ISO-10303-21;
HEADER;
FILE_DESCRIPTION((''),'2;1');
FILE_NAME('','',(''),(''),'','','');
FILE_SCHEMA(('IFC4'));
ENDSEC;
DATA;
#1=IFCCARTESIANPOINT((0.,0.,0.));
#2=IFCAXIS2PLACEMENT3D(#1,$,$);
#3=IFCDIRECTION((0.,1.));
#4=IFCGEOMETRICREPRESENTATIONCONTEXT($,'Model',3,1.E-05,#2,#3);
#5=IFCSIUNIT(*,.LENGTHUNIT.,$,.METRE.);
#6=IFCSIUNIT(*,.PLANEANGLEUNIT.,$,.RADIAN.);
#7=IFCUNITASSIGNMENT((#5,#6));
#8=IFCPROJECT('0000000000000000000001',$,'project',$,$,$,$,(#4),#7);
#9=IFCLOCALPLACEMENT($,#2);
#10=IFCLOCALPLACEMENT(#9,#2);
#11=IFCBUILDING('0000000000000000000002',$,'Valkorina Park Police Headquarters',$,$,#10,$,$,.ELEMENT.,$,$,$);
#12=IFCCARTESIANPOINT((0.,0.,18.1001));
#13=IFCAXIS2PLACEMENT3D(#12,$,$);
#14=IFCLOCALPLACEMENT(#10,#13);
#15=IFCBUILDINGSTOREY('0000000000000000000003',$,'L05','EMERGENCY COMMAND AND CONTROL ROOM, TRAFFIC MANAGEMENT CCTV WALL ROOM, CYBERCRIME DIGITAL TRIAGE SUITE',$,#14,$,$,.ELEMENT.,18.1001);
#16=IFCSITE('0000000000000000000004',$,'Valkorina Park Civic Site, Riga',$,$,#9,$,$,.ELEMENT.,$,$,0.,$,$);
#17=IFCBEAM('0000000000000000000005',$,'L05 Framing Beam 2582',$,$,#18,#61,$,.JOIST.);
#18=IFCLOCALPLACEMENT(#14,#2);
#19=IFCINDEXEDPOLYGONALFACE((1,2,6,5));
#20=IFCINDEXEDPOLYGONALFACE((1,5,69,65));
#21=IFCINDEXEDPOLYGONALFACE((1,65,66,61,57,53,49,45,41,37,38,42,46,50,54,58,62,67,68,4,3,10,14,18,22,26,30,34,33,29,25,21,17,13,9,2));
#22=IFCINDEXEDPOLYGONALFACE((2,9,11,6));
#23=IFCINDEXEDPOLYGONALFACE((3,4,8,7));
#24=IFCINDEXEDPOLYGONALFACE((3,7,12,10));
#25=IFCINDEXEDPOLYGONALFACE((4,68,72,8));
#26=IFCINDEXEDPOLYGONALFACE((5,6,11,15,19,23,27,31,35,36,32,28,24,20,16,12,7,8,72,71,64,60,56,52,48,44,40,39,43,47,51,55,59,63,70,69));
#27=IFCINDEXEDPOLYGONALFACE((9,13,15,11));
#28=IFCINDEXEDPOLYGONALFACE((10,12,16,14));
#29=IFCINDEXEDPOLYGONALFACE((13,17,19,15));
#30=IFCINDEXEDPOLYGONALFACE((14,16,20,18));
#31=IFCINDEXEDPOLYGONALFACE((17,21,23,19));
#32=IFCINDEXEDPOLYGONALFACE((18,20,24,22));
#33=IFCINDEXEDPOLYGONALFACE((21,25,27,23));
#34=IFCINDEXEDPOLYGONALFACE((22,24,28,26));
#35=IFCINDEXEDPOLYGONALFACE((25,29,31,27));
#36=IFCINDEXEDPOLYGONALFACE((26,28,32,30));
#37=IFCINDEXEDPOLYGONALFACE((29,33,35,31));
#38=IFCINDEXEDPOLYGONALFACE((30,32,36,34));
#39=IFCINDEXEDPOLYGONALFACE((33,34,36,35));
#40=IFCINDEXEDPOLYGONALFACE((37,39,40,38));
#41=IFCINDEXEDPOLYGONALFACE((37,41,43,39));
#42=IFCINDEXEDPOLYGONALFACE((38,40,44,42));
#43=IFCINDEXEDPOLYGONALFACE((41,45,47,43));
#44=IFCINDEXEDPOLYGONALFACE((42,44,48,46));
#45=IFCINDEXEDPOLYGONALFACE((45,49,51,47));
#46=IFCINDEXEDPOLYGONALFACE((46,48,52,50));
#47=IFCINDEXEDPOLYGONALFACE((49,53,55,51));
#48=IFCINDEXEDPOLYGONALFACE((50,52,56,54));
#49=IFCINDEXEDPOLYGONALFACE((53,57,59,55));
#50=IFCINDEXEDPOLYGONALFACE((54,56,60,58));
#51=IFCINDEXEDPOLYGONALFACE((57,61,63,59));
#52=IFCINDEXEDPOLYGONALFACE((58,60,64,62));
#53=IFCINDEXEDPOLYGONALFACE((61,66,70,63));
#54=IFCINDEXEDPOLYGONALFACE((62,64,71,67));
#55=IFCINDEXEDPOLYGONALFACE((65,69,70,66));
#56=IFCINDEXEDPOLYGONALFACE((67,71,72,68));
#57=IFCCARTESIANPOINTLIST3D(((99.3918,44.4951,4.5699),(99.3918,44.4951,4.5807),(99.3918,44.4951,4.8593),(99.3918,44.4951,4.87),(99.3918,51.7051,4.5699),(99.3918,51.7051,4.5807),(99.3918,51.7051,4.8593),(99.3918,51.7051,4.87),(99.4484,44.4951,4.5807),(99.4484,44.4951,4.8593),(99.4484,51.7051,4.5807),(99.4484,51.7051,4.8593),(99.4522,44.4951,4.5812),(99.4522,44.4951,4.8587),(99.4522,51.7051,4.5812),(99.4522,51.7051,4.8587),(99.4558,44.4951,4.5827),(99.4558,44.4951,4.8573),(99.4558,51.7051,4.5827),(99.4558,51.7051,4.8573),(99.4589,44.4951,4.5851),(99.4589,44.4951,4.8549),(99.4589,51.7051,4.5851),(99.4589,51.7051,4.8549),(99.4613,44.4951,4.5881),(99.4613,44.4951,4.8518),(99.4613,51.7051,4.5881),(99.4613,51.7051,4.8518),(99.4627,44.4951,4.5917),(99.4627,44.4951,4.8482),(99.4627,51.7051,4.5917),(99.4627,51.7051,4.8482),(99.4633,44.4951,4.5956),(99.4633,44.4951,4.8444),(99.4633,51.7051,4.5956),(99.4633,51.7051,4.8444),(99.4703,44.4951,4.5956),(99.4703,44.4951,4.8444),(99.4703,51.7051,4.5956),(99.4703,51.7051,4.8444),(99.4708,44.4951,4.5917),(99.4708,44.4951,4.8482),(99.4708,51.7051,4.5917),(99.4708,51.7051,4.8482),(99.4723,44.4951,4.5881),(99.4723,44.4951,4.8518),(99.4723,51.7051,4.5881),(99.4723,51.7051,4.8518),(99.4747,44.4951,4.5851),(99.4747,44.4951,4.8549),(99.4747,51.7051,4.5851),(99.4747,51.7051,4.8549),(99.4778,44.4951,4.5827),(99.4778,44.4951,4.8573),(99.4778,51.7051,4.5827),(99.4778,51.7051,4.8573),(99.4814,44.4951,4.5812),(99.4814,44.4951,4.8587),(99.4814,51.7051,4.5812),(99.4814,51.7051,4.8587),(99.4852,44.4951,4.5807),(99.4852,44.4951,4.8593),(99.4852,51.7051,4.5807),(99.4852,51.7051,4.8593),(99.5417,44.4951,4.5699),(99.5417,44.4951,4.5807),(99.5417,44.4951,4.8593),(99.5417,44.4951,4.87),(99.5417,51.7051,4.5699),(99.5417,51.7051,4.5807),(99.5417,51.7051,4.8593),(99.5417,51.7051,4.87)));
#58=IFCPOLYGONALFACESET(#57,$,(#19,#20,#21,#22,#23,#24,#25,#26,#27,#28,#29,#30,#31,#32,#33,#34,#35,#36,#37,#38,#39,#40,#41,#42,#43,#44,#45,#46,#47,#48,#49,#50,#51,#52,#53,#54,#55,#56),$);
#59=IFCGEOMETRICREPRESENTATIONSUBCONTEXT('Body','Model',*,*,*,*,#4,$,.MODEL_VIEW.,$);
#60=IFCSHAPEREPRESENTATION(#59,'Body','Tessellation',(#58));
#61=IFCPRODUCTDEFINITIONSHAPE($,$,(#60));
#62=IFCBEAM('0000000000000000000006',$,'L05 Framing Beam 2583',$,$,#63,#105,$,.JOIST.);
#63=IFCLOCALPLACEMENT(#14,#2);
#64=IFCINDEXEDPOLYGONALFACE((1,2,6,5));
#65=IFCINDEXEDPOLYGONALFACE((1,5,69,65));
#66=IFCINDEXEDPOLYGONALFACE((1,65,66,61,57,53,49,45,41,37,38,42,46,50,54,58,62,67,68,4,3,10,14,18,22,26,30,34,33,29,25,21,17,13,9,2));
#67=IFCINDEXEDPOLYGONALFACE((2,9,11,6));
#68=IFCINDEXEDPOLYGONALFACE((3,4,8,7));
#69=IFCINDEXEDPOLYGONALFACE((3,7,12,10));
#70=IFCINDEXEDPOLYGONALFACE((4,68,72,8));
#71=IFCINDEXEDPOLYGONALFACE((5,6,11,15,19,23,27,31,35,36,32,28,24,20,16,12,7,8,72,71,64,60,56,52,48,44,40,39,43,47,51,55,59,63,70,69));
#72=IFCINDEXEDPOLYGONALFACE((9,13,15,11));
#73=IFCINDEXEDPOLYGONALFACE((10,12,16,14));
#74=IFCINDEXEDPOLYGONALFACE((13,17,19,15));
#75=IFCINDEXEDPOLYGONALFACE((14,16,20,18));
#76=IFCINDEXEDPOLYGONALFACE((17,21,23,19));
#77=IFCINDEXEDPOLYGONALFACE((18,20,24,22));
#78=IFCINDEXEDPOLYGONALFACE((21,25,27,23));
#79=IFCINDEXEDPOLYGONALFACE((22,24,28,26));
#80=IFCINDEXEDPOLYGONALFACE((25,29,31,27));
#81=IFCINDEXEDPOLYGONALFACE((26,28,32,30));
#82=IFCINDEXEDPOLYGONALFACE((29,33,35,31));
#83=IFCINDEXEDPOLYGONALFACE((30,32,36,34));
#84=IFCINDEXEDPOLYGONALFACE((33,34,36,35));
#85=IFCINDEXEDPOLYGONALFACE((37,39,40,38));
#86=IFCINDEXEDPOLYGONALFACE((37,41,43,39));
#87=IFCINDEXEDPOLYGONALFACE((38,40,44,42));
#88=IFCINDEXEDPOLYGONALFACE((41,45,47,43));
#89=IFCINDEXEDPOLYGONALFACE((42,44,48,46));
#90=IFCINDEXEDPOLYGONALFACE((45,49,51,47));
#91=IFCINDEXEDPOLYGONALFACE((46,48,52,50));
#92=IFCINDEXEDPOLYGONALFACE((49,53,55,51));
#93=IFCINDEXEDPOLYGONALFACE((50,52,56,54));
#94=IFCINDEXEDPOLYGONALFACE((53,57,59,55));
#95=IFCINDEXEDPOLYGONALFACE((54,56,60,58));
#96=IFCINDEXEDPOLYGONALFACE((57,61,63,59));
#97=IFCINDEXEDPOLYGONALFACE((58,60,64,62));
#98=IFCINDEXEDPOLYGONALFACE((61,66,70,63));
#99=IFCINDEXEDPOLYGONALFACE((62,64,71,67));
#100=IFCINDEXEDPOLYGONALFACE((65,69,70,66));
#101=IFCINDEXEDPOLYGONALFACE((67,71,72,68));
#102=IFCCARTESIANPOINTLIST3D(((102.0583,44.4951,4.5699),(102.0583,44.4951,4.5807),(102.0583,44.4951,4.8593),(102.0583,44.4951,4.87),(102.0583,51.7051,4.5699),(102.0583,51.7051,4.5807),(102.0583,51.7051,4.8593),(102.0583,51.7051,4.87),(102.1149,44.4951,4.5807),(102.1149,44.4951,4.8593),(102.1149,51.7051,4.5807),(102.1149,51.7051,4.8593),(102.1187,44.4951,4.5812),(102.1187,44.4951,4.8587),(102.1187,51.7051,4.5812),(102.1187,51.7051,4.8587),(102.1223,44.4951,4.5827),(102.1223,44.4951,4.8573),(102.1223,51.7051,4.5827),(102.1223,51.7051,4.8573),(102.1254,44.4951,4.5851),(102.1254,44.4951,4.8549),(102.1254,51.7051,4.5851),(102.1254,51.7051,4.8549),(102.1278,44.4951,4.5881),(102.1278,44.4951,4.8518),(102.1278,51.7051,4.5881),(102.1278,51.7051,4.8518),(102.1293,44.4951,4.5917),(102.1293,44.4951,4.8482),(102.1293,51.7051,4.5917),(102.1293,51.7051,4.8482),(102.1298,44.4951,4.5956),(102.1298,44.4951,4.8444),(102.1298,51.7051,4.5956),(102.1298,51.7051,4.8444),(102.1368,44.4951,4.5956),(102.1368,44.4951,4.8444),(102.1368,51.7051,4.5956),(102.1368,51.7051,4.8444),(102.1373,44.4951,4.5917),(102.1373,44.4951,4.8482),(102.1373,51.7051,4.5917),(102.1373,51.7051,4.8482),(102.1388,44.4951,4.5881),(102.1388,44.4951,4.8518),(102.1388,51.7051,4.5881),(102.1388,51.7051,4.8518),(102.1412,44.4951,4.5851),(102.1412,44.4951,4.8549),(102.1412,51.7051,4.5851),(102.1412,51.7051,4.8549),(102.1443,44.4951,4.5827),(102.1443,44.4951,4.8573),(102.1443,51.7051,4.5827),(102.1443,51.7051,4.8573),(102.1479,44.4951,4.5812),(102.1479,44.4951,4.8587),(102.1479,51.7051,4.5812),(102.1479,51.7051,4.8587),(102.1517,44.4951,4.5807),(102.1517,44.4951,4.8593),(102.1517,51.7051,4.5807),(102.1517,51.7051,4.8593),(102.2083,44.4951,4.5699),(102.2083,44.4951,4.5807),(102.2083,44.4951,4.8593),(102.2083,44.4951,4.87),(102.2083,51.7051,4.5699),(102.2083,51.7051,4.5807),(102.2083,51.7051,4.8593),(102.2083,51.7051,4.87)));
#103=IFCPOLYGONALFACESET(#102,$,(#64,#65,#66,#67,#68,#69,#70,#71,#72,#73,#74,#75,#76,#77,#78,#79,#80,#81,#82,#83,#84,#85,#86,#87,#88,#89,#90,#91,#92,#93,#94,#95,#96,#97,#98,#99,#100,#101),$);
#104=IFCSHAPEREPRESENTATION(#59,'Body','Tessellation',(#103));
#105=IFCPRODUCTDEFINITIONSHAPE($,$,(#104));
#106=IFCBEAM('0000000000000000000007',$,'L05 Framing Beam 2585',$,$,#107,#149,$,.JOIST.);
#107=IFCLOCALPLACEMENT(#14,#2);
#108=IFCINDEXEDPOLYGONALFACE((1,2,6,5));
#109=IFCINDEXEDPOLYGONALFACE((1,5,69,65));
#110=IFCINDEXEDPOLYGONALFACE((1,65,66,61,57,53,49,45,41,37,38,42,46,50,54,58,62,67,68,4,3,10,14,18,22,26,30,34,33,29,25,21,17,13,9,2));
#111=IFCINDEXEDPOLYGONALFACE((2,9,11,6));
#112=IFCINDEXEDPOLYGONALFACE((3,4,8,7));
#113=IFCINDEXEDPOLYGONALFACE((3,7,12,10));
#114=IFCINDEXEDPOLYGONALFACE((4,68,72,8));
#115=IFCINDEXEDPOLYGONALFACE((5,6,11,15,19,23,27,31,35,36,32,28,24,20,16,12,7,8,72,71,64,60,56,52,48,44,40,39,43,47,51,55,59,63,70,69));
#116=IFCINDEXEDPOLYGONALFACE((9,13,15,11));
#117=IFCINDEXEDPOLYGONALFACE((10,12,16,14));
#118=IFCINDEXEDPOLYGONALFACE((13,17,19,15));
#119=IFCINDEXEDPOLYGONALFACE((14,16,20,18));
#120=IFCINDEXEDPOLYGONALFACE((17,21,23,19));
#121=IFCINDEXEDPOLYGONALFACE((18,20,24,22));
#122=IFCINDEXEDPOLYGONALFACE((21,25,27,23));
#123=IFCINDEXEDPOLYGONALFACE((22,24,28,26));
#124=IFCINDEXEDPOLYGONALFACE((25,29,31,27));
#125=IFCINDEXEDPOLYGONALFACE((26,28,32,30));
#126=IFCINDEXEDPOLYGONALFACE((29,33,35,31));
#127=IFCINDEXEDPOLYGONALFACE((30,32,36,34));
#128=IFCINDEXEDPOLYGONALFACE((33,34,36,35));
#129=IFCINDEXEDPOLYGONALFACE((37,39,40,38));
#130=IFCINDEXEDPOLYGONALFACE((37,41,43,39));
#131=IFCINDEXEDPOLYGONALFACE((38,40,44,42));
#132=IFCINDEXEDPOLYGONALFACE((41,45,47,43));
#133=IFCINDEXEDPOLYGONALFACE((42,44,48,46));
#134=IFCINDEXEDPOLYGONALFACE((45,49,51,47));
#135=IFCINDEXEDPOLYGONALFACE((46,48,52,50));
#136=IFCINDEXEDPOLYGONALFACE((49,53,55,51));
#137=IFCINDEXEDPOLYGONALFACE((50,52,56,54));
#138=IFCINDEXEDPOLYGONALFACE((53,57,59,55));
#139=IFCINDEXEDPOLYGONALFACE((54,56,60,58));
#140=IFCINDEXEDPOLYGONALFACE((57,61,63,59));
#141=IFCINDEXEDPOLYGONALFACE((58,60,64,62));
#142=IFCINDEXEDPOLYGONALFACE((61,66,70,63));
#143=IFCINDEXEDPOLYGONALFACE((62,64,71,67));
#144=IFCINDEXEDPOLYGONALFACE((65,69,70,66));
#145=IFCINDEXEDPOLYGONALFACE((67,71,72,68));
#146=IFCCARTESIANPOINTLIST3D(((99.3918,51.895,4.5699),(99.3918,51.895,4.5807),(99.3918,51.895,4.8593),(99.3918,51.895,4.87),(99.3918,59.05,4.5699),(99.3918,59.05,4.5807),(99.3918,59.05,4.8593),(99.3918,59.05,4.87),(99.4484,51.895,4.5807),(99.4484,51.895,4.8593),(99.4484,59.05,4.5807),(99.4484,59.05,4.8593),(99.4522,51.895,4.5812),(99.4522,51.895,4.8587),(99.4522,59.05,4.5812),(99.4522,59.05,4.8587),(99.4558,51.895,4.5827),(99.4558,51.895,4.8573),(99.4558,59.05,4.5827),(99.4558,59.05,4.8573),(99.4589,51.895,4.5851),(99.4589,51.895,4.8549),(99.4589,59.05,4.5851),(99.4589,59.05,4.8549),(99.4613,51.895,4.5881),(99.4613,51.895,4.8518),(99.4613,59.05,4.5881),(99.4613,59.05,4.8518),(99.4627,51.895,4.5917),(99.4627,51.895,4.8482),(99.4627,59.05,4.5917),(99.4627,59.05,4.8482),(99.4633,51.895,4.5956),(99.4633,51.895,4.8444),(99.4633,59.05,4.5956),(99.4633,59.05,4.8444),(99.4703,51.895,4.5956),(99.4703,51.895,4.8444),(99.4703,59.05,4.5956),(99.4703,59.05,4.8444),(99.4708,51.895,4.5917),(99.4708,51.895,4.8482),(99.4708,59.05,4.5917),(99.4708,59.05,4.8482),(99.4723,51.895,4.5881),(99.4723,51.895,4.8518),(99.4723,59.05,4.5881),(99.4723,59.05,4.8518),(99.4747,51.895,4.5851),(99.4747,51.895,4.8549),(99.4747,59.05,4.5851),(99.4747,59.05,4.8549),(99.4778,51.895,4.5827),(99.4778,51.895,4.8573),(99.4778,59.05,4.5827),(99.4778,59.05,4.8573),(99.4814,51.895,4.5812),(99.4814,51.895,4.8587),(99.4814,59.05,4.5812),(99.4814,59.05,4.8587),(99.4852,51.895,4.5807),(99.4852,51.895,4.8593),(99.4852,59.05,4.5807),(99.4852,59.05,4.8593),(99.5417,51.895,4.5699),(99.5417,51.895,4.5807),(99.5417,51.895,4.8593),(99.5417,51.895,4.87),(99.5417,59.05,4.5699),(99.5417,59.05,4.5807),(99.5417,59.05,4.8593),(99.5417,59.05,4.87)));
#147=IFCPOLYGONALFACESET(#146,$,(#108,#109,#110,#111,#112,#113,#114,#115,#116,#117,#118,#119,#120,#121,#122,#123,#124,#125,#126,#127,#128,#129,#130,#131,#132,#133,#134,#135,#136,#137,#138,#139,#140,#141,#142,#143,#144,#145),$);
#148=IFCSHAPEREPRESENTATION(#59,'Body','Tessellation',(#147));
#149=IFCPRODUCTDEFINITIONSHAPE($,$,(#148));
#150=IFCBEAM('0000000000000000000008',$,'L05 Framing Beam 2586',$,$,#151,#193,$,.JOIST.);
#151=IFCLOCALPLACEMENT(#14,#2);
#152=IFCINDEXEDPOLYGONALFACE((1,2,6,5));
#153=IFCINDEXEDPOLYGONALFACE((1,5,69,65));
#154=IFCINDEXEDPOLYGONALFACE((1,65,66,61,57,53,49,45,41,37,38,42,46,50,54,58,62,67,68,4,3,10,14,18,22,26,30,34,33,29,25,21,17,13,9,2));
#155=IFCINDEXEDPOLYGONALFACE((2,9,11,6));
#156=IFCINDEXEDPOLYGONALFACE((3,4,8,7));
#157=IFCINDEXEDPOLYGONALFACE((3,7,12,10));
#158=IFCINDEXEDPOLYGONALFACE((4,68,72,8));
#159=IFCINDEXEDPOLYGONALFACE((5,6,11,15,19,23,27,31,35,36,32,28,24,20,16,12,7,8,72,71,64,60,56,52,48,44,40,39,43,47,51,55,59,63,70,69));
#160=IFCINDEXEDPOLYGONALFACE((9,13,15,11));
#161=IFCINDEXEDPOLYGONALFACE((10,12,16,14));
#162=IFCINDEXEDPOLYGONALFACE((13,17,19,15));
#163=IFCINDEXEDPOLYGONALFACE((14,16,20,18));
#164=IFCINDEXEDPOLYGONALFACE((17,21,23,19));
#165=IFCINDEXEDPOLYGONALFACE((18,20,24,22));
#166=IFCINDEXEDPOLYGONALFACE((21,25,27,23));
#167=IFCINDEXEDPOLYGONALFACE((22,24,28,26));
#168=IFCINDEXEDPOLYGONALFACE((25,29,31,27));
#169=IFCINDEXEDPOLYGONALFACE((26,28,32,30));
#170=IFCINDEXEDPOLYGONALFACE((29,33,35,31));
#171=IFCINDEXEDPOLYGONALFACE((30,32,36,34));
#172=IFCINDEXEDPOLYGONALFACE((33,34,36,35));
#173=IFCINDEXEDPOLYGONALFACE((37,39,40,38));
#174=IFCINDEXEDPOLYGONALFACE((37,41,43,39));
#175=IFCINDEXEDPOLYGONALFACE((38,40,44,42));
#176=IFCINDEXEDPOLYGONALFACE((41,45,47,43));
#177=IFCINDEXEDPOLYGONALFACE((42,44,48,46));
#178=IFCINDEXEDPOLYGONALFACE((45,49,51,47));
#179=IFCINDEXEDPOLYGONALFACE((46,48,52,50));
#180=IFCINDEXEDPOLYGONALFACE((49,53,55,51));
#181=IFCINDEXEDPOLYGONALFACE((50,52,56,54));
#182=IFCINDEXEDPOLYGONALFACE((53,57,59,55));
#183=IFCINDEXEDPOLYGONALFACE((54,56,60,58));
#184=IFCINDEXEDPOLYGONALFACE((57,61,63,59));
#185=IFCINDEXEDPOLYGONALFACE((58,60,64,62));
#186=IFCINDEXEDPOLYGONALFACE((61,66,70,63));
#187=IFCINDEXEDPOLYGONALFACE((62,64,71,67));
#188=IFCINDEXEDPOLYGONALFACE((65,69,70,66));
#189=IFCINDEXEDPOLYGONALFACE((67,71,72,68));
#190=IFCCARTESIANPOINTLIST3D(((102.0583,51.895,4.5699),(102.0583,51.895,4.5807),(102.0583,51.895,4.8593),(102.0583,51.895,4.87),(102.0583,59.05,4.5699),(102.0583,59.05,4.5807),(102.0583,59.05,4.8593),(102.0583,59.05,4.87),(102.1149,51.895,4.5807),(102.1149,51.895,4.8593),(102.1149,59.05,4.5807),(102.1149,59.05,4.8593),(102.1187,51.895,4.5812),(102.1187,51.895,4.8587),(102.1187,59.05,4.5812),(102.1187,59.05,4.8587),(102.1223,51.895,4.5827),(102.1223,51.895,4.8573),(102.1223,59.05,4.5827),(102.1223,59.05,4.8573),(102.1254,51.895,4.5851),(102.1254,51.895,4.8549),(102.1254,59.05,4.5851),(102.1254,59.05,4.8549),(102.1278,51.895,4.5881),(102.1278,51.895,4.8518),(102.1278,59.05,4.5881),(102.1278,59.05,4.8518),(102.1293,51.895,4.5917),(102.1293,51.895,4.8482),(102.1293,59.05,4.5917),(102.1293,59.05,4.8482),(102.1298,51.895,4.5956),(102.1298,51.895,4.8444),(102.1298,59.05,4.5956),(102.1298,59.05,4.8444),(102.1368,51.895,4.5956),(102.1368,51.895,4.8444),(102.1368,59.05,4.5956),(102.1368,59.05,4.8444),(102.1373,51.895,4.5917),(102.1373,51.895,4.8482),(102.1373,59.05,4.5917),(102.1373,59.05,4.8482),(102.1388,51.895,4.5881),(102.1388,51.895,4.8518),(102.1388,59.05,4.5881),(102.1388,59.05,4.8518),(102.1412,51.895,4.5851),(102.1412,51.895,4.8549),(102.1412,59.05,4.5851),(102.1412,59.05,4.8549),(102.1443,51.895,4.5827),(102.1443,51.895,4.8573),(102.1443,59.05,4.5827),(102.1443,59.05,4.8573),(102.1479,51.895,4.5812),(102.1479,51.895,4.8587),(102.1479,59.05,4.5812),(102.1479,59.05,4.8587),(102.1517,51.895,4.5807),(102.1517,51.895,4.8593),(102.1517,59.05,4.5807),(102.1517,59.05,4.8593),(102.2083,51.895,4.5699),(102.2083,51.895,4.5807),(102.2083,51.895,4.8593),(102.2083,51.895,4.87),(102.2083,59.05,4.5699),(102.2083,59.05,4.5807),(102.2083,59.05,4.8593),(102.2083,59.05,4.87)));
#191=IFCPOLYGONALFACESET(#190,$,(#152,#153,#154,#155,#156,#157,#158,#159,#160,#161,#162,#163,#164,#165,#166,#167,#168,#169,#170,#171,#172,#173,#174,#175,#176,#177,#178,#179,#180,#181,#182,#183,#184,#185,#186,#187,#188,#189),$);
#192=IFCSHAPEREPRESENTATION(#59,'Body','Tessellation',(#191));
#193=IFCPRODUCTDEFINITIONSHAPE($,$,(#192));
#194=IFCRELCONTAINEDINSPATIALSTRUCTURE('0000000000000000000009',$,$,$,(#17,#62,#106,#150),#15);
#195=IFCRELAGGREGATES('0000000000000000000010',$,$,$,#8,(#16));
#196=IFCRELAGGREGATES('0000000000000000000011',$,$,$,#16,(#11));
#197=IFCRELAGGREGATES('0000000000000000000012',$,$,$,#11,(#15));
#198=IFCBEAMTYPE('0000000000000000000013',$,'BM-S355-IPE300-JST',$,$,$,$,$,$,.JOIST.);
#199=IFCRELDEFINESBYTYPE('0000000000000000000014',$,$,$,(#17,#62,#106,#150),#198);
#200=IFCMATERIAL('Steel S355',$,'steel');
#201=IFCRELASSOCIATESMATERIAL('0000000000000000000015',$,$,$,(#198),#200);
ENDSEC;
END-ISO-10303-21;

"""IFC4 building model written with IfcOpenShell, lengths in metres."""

from ifc_helpers import new_model, si_unit, direction, frame, origin, origin_2d, place, context, subcontext, project, spatial, i_section, extrude, material, material_profile, profile_set, type_object, element, save


model = new_model("IFC4")

# Units and contexts
model_context = context("Model", 3, precision=1e-05, world=origin(), true_north=direction((0.0, 1.0)))
body_context = subcontext(model_context, "Body", "Model", "MODEL_VIEW")
ifc_project = project(units=[si_unit("LENGTHUNIT", "METRE"), si_unit("PLANEANGLEUNIT", "RADIAN")], contexts=[model_context])

# Site, building, storey
site_placement = place(None, origin())
site = spatial("IfcSite", under=ifc_project, at=site_placement, Name="Valkorina Park Civic Site, Riga", CompositionType="ELEMENT", RefElevation=0.0)
building_placement = place(site_placement, origin())
building = spatial("IfcBuilding", under=site, at=building_placement, Name="Valkorina Park Police Headquarters", CompositionType="ELEMENT")
storey_placement = place(building_placement, frame((0.0, 0.0, 18.1001)))
storey = spatial("IfcBuildingStorey", under=building, at=storey_placement, Name="L05", Description="EMERGENCY COMMAND AND CONTROL ROOM, TRAFFIC MANAGEMENT CCTV WALL ROOM, CYBERCRIME DIGITAL TRIAGE SUITE", CompositionType="ELEMENT", Elevation=18.1001)

# Shared definitions
ifc_material_1 = material(Name="Steel S355", Category="steel")

# Beams
ifc_material_profile_1 = material_profile(ifc_material_1, i_section(OverallWidth=0.1499, OverallDepth=0.3, WebThickness=0.0071, FlangeThickness=0.0107, FilletRadius=0.0149, at=origin_2d()), Name="IPE 300")
ifc_profile_set_1 = profile_set([ifc_material_profile_1], Name="Steel S355")
beam_type_1 = type_object("IfcBeamType", Name="BM-S355-IPE300-JST", PredefinedType="JOIST", material=ifc_profile_set_1)
for number, where, z_axis, x_axis, name in (
    (1, (99.4668, 44.4951, 4.72), (0.0, 1.0, 0.0), (-1.0, 0.0, 0.0), "L05 Framing Beam 2582"),
    (2, (102.1333, 44.4951, 4.72), (0.0, 1.0, 0.0), (-1.0, 0.0, 0.0), "L05 Framing Beam 2583"),
):
    element("IfcBeam", number, at=place(storey_placement, frame(where, z_axis=z_axis, x_axis=x_axis)), inside=storey, type_object=beam_type_1, Name=name, PredefinedType="JOIST", context=body_context, shape_type="SweptSolid", body=[
        extrude(i_section(OverallWidth=0.1499, OverallDepth=0.3, WebThickness=0.0071, FlangeThickness=0.0107, FilletRadius=0.0149, at=origin_2d()), origin(), (0.0, 0.0, 1.0), 7.21),
    ])
for number, where, z_axis, x_axis, name in (
    (3, (99.4668, 51.895, 4.72), (0.0, 1.0, 0.0), (-1.0, 0.0, 0.0), "L05 Framing Beam 2585"),
    (4, (102.1333, 51.895, 4.72), (0.0, 1.0, 0.0), (-1.0, 0.0, 0.0), "L05 Framing Beam 2586"),
):
    element("IfcBeam", number, at=place(storey_placement, frame(where, z_axis=z_axis, x_axis=x_axis)), inside=storey, type_object=beam_type_1, Name=name, PredefinedType="JOIST", context=body_context, shape_type="SweptSolid", body=[
        extrude(i_section(OverallWidth=0.1499, OverallDepth=0.3, WebThickness=0.0071, FlangeThickness=0.0107, FilletRadius=0.0149, at=origin_2d()), origin(), (0.0, 0.0, 1.0), 7.155),
    ])

save(model, "model.ifc")
